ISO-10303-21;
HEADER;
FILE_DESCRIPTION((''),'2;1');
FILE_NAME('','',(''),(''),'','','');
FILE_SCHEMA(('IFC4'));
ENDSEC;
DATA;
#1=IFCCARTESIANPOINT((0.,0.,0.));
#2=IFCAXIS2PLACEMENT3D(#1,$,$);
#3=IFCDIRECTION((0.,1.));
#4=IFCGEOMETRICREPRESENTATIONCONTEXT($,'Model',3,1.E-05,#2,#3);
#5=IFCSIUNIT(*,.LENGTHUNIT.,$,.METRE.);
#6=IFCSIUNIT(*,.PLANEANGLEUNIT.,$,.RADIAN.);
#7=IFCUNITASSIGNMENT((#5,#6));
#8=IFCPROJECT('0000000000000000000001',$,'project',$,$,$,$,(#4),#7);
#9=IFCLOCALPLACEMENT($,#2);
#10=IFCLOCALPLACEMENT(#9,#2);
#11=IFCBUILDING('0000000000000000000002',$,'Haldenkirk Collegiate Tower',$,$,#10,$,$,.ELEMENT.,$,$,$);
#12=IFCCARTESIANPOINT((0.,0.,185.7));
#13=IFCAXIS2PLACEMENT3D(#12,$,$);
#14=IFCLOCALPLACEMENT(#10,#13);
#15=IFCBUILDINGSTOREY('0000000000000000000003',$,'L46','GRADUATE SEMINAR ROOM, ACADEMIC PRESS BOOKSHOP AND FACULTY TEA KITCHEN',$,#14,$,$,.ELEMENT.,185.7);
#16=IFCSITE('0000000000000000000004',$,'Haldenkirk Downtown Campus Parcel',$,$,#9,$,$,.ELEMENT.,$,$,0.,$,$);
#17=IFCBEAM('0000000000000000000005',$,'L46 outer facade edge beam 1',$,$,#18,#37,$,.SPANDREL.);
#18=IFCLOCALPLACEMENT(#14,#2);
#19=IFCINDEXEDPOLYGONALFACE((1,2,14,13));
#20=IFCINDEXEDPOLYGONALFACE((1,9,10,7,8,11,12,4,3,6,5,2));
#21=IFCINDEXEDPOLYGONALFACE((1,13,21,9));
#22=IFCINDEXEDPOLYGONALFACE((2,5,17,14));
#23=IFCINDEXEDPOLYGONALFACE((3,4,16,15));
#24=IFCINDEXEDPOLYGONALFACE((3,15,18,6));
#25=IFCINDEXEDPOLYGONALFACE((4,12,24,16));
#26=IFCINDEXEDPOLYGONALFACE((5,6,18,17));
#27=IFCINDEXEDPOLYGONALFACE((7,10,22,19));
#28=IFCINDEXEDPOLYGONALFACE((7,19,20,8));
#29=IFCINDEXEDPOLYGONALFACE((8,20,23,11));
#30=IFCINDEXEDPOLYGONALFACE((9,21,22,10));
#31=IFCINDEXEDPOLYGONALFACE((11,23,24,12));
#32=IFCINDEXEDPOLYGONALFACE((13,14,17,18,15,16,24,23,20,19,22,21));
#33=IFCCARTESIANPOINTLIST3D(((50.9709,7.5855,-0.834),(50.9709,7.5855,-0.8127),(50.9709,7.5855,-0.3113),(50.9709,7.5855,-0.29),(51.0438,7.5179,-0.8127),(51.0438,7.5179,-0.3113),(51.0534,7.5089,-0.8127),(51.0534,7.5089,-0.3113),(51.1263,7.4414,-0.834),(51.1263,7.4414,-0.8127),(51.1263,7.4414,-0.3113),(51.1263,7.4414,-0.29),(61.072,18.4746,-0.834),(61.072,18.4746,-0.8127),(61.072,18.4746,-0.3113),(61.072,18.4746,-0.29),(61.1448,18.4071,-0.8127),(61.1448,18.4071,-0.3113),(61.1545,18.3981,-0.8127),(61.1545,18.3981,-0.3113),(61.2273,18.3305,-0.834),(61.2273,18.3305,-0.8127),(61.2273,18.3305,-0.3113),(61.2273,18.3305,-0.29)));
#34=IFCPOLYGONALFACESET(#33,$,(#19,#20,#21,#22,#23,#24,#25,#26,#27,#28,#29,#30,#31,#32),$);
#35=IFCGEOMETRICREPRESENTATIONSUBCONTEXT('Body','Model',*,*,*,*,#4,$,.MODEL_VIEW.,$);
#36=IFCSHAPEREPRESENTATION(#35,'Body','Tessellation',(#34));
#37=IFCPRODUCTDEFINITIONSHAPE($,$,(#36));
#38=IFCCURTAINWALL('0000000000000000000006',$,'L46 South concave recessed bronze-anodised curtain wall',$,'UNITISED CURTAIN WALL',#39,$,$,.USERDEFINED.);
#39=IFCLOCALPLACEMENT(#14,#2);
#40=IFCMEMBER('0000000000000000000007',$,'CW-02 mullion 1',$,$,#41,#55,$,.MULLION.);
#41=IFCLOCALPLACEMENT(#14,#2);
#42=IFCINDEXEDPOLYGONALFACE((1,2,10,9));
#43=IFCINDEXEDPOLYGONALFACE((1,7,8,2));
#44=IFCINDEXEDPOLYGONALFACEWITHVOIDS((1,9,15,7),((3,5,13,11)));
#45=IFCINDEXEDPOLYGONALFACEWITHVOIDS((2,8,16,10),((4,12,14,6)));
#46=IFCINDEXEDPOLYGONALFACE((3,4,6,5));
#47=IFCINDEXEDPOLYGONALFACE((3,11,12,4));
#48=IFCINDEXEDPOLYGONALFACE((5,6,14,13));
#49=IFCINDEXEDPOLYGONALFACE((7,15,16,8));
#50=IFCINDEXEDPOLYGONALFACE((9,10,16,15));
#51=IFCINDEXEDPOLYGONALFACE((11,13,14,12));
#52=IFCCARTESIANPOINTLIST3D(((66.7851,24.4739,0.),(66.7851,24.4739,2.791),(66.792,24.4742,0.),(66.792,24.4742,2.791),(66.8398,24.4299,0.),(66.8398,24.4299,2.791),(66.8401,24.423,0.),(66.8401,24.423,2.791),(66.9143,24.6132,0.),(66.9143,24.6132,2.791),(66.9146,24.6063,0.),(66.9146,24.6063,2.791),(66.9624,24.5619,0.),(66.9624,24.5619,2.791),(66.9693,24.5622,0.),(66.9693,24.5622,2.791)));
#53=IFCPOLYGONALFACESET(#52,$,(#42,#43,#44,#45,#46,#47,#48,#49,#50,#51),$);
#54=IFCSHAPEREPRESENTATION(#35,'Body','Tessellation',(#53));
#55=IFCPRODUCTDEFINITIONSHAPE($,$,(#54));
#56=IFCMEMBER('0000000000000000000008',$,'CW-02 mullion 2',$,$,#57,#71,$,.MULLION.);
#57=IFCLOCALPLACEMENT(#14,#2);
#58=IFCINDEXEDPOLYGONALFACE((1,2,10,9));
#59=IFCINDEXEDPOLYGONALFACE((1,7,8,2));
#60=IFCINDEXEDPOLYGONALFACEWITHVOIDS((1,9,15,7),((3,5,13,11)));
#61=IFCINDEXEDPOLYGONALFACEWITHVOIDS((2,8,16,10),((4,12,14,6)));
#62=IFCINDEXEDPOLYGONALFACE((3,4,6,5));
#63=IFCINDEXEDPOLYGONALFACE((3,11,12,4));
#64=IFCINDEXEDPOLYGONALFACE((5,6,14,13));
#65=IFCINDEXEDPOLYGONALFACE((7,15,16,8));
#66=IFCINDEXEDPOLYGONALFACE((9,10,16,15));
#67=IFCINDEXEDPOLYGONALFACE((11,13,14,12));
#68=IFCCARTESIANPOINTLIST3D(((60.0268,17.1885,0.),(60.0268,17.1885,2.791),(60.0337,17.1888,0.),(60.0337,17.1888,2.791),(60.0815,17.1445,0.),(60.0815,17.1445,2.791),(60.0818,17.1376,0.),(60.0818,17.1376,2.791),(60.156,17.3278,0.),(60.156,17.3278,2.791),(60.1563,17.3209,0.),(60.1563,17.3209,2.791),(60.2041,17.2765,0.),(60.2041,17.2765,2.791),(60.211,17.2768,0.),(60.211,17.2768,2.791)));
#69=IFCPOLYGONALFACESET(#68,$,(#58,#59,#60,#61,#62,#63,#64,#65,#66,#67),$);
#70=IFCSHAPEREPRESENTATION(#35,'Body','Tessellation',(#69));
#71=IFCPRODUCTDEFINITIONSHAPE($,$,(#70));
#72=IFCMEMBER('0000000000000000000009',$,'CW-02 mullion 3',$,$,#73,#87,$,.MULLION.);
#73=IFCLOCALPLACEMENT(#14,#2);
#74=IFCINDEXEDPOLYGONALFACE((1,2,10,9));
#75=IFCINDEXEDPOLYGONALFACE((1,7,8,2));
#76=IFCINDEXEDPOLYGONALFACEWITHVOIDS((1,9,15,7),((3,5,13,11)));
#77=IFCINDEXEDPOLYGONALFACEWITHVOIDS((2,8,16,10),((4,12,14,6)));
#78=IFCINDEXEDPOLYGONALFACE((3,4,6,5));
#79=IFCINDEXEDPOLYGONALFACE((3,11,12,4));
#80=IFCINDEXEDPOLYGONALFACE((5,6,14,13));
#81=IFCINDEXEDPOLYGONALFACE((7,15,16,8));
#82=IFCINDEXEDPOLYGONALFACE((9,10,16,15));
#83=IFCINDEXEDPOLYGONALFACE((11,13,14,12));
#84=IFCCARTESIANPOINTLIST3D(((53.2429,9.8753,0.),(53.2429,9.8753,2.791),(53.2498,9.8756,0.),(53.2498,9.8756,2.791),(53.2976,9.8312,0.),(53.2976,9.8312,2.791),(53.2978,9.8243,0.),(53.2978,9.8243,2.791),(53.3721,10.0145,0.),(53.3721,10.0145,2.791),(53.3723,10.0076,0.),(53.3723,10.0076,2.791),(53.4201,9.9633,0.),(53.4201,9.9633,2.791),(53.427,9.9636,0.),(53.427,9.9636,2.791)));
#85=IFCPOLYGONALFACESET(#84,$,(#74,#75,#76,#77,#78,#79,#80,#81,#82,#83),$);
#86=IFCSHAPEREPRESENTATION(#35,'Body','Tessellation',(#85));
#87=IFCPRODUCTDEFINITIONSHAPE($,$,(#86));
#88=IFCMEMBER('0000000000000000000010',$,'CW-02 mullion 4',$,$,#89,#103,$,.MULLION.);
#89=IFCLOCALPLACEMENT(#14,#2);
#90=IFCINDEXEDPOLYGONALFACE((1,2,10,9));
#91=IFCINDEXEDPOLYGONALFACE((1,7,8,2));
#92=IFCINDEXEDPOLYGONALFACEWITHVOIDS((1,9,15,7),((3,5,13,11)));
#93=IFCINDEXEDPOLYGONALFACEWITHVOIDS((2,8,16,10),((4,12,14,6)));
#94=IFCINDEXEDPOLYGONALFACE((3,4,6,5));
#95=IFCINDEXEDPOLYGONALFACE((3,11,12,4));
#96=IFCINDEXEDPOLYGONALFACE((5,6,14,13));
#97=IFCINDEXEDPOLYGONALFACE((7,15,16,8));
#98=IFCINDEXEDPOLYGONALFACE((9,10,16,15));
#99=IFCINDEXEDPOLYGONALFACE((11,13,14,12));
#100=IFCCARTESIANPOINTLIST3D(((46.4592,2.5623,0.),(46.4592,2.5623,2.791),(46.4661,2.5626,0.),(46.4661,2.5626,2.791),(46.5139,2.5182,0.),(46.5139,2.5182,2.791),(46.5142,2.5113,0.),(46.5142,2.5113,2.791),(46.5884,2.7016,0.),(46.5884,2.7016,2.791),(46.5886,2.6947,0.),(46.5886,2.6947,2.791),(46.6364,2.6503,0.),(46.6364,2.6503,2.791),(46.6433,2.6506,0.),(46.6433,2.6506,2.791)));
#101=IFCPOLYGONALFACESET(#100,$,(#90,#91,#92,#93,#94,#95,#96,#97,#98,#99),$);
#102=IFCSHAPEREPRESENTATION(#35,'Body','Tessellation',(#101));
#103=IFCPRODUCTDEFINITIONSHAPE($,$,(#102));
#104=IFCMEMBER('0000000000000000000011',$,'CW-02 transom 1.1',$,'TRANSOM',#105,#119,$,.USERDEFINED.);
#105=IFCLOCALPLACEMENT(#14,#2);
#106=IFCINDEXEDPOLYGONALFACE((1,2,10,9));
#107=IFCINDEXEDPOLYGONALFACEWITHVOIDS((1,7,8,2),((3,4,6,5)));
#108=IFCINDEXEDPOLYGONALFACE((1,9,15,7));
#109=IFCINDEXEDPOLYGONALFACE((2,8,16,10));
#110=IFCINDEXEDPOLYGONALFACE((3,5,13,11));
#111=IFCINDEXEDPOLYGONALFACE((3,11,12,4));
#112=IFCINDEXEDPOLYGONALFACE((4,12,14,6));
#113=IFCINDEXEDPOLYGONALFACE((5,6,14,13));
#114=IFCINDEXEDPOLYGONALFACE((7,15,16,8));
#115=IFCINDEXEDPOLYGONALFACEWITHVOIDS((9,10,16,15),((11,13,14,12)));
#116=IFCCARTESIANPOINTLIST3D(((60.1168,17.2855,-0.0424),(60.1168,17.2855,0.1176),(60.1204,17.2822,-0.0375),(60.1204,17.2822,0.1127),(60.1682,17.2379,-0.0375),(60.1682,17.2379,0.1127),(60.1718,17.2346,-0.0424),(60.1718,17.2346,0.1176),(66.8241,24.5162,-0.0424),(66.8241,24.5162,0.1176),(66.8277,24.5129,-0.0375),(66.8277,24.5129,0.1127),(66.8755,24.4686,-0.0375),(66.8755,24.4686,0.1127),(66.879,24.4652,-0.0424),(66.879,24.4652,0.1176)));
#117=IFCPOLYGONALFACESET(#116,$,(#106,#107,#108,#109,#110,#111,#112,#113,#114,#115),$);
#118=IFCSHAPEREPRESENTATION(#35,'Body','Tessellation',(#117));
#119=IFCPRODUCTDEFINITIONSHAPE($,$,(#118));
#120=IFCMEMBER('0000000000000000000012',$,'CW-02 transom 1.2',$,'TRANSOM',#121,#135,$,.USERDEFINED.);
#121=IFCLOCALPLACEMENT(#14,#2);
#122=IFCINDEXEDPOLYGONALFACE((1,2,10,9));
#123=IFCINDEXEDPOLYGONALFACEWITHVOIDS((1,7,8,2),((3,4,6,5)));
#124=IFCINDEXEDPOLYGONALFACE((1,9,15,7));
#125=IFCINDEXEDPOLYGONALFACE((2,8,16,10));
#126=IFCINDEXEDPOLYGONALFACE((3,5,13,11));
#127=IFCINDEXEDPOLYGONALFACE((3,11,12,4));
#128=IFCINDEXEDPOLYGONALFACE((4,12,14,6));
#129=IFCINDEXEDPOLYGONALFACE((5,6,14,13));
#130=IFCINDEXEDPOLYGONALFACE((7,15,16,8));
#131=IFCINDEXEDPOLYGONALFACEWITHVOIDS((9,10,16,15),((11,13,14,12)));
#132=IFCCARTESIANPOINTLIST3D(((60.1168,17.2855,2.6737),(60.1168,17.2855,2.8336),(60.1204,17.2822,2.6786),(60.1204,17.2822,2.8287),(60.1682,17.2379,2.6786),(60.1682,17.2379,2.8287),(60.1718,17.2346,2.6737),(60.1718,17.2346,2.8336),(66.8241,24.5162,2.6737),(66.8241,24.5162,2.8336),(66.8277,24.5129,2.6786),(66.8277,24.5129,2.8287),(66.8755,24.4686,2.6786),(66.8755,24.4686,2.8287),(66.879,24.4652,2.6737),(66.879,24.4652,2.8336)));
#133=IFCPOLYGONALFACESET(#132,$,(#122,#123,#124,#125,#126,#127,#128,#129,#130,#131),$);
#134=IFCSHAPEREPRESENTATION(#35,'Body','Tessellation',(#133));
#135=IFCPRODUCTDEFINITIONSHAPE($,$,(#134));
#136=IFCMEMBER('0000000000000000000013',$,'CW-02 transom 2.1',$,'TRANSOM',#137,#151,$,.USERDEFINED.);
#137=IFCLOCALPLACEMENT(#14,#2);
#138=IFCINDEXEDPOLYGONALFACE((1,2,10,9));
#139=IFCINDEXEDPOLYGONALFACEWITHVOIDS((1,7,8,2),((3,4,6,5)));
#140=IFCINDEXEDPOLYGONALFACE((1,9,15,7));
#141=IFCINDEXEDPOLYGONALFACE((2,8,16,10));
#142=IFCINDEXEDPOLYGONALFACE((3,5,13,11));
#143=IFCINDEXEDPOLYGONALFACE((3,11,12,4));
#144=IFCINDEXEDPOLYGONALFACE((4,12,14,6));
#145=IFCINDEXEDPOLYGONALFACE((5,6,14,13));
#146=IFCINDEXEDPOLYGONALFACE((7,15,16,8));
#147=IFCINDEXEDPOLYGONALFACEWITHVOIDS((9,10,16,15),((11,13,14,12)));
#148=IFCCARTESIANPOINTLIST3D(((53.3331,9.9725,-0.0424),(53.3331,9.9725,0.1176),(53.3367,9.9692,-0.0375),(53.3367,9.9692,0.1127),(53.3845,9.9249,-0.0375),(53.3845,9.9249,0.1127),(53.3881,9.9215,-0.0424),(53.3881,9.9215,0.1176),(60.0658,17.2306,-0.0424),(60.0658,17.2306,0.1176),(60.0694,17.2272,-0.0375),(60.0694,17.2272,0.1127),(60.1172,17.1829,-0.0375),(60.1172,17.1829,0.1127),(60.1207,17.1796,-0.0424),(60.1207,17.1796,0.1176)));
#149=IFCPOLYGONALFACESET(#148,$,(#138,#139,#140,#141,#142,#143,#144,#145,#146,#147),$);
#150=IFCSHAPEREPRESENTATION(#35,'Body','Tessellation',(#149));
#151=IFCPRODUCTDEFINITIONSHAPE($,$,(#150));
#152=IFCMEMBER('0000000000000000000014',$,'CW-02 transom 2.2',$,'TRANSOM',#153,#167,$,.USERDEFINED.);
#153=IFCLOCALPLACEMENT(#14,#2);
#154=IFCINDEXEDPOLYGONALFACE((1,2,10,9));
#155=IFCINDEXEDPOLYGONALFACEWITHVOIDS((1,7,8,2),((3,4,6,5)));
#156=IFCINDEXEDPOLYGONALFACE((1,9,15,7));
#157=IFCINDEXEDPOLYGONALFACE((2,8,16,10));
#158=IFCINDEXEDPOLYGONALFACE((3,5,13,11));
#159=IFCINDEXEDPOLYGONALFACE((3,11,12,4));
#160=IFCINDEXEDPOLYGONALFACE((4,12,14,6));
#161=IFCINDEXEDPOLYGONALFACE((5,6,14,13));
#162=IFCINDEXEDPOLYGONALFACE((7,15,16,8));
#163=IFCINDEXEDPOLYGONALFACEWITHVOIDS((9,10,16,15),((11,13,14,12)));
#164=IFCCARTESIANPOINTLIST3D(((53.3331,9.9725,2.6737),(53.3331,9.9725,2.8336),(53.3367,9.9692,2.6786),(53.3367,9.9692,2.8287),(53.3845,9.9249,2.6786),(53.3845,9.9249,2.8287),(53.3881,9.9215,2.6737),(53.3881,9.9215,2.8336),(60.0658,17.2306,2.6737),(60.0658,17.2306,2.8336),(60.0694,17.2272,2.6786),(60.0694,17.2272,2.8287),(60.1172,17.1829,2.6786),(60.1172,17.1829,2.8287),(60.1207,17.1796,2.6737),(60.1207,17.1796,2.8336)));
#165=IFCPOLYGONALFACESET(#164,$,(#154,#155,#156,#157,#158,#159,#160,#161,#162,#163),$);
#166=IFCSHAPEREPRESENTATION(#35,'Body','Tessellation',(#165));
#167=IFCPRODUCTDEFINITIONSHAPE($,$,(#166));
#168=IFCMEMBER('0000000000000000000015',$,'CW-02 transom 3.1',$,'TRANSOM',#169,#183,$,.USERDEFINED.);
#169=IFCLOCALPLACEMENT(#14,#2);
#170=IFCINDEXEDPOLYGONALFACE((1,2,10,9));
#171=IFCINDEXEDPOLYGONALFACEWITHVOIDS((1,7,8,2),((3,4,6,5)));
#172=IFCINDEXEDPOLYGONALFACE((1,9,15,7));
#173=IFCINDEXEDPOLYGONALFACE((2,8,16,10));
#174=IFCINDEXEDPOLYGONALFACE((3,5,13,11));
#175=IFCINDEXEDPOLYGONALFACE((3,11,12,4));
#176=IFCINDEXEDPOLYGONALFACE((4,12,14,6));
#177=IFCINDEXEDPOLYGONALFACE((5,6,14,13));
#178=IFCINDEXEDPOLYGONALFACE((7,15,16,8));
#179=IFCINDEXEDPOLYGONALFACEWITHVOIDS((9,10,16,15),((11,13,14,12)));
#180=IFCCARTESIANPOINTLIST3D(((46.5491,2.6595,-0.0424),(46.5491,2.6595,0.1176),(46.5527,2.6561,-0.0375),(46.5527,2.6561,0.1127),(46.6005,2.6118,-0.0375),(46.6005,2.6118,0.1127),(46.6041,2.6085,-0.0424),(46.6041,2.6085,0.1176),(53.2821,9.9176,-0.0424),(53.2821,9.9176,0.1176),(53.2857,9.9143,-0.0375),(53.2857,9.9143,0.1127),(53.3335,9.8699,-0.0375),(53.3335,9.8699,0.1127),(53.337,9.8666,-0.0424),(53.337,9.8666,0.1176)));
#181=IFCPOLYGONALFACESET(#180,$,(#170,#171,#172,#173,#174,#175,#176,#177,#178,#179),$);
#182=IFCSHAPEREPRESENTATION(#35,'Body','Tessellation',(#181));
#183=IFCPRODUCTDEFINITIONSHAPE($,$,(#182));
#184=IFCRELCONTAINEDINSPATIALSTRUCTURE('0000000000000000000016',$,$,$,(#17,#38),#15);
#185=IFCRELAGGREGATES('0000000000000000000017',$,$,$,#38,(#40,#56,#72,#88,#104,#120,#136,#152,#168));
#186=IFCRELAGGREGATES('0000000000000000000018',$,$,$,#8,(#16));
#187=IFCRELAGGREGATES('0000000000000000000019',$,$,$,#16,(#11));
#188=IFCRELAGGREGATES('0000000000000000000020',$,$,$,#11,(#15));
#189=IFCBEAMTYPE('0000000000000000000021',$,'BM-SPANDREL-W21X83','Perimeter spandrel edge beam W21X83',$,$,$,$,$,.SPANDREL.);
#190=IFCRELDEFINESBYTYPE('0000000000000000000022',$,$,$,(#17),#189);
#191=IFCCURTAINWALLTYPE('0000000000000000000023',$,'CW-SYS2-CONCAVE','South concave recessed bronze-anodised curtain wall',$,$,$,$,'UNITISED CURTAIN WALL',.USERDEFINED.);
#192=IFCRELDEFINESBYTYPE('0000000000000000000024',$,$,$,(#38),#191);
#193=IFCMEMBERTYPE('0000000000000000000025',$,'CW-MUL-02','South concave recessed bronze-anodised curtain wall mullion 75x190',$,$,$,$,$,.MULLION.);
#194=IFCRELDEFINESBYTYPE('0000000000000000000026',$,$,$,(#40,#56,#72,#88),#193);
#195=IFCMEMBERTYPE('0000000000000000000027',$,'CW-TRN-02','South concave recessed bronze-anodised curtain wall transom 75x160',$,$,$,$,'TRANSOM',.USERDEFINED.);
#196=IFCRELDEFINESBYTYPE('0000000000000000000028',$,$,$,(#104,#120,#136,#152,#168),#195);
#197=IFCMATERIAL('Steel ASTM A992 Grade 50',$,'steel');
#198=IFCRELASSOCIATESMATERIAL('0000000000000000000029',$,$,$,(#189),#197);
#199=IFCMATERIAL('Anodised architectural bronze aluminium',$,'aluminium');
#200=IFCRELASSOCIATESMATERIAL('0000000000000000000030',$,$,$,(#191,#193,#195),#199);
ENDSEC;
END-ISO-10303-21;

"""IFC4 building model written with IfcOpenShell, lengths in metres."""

from ifc_helpers import new_model, si_unit, direction, frame, origin, origin_2d, place, context, subcontext, project, spatial, hollow_rectangle, i_section, extrude, material, material_profile, profile_set, type_object, element, aggregate, save


model = new_model("IFC4")

# Units and contexts
model_context = context("Model", 3, precision=1e-05, world=origin(), true_north=direction((0.0, 1.0)))
body_context = subcontext(model_context, "Body", "Model", "MODEL_VIEW")
ifc_project = project(units=[si_unit("LENGTHUNIT", "METRE"), si_unit("PLANEANGLEUNIT", "RADIAN")], contexts=[model_context])

# Site, building, storey
site_placement = place(None, origin())
site = spatial("IfcSite", under=ifc_project, at=site_placement, Name="Haldenkirk Downtown Campus Parcel", CompositionType="ELEMENT", RefElevation=0.0)
building_placement = place(site_placement, origin())
building = spatial("IfcBuilding", under=site, at=building_placement, Name="Haldenkirk Collegiate Tower", CompositionType="ELEMENT")
storey_placement = place(building_placement, frame((0.0, 0.0, 185.7)))
storey = spatial("IfcBuildingStorey", under=building, at=storey_placement, Name="L46", Description="GRADUATE SEMINAR ROOM, ACADEMIC PRESS BOOKSHOP AND FACULTY TEA KITCHEN", CompositionType="ELEMENT", Elevation=185.7)

# Beam
ifc_material_1 = material(Name="Steel ASTM A992 Grade 50", Category="steel")
ifc_material_profile_1 = material_profile(ifc_material_1, i_section(OverallWidth=0.2119, OverallDepth=0.5439, WebThickness=0.0132, FlangeThickness=0.0212, at=origin_2d()), Name="W21X83")
ifc_profile_set_1 = profile_set([ifc_material_profile_1], Name="Steel ASTM A992 Grade 50")
beam_type_1 = type_object("IfcBeamType", Name="BM-SPANDREL-W21X83", Description="Perimeter spandrel edge beam W21X83", PredefinedType="SPANDREL", material=ifc_profile_set_1)
beam_1_placement = place(storey_placement, frame((51.0486, 7.5134, -0.562), z_axis=(0.680079, 0.733139, 0.0), x_axis=(-0.733139, 0.680079, 0.0)))
element("IfcBeam", 1, at=beam_1_placement, inside=storey, type_object=beam_type_1, Name="L46 outer facade edge beam 1", PredefinedType="SPANDREL", context=body_context, shape_type="SweptSolid", body=[
    extrude(i_section(OverallWidth=0.2119, OverallDepth=0.5439, WebThickness=0.0132, FlangeThickness=0.0212, at=origin_2d()), origin(), (0.0, 0.0, 1.0), 14.8528),
])

# Curtain wall, members
ifc_material_2 = material(Name="Anodised architectural bronze aluminium", Category="aluminium")
curtain_wall_type = type_object("IfcCurtainWallType", Name="CW-SYS2-CONCAVE", Description="South concave recessed bronze-anodised curtain wall", ElementType="UNITISED CURTAIN WALL", PredefinedType="USERDEFINED", material=ifc_material_2)
curtain_wall_placement = place(storey_placement, origin())
curtain_wall = element("IfcCurtainWall", 2, at=curtain_wall_placement, inside=storey, type_object=curtain_wall_type, Name="L46 South concave recessed bronze-anodised curtain wall", ObjectType="UNITISED CURTAIN WALL", PredefinedType="USERDEFINED")
ifc_material_profile_2 = material_profile(ifc_material_2, hollow_rectangle(XDim=0.075, YDim=0.1899, WallThickness=0.0049, at=origin_2d()), Name="CW-MUL-02")
ifc_profile_set_2 = profile_set([ifc_material_profile_2], Name="Anodised architectural bronze aluminium")
member_type_1 = type_object("IfcMemberType", Name="CW-MUL-02", Description="South concave recessed bronze-anodised curtain wall mullion 75x190", PredefinedType="MULLION", material=ifc_profile_set_2)
member_1_placement = place(storey_placement, frame((66.8772, 24.5181, 0.0), z_axis=(0.0, 0.0, 1.0), x_axis=(0.733138, -0.68008, 0.0)))
member_1 = element("IfcMember", 3, at=member_1_placement, type_object=member_type_1, Name="CW-02 mullion 1", PredefinedType="MULLION", context=body_context, shape_type="SweptSolid", body=[
    extrude(hollow_rectangle(XDim=0.075, YDim=0.1899, WallThickness=0.0049, at=origin_2d()), origin(), (0.0, 0.0, 1.0), 2.791),
])
member_2_placement = place(storey_placement, frame((60.1189, 17.2327, 0.0), z_axis=(0.0, 0.0, 1.0), x_axis=(0.733138, -0.68008, 0.0)))
member_2 = element("IfcMember", 4, at=member_2_placement, type_object=member_type_1, Name="CW-02 mullion 2", PredefinedType="MULLION", context=body_context, shape_type="SweptSolid", body=[
    extrude(hollow_rectangle(XDim=0.075, YDim=0.1899, WallThickness=0.0049, at=origin_2d()), origin(), (0.0, 0.0, 1.0), 2.791),
])
member_3_placement = place(storey_placement, frame((53.335, 9.9194, 0.0), z_axis=(0.0, 0.0, 1.0), x_axis=(0.733138, -0.68008, 0.0)))
member_3 = element("IfcMember", 5, at=member_3_placement, type_object=member_type_1, Name="CW-02 mullion 3", PredefinedType="MULLION", context=body_context, shape_type="SweptSolid", body=[
    extrude(hollow_rectangle(XDim=0.075, YDim=0.1899, WallThickness=0.0049, at=origin_2d()), origin(), (0.0, 0.0, 1.0), 2.791),
])
member_4_placement = place(storey_placement, frame((46.5513, 2.6064, 0.0), z_axis=(0.0, 0.0, 1.0), x_axis=(0.733138, -0.68008, 0.0)))
member_4 = element("IfcMember", 6, at=member_4_placement, type_object=member_type_1, Name="CW-02 mullion 4", PredefinedType="MULLION", context=body_context, shape_type="SweptSolid", body=[
    extrude(hollow_rectangle(XDim=0.075, YDim=0.1899, WallThickness=0.0049, at=origin_2d()), origin(), (0.0, 0.0, 1.0), 2.791),
])
ifc_material_profile_3 = material_profile(ifc_material_2, hollow_rectangle(XDim=0.075, YDim=0.1599, WallThickness=0.0049, at=origin_2d()), Name="CW-TRN-02")
ifc_profile_set_3 = profile_set([ifc_material_profile_3], Name="Anodised architectural bronze aluminium")
member_type_2 = type_object("IfcMemberType", Name="CW-TRN-02", Description="South concave recessed bronze-anodised curtain wall transom 75x160", ElementType="TRANSOM", PredefinedType="USERDEFINED", material=ifc_profile_set_3)
member_5_placement = place(storey_placement, frame((66.8516, 24.4907, 0.0376), z_axis=(-0.680072, -0.733145, 0.0), x_axis=(0.733145, -0.680072, 0.0)))
member_5 = element("IfcMember", 7, at=member_5_placement, type_object=member_type_2, Name="CW-02 transom 1.1", ObjectType="TRANSOM", PredefinedType="USERDEFINED", context=body_context, shape_type="SweptSolid", body=[
    extrude(hollow_rectangle(XDim=0.075, YDim=0.1599, WallThickness=0.0049, at=origin_2d()), origin(), (0.0, 0.0, 1.0), 9.8625),
])
member_6_placement = place(storey_placement, frame((66.8516, 24.4907, 2.7537), z_axis=(-0.680072, -0.733145, 0.0), x_axis=(0.733145, -0.680072, 0.0)))
member_6 = element("IfcMember", 8, at=member_6_placement, type_object=member_type_2, Name="CW-02 transom 1.2", ObjectType="TRANSOM", PredefinedType="USERDEFINED", context=body_context, shape_type="SweptSolid", body=[
    extrude(hollow_rectangle(XDim=0.075, YDim=0.1599, WallThickness=0.0049, at=origin_2d()), origin(), (0.0, 0.0, 1.0), 9.8625),
])
member_7_placement = place(storey_placement, frame((60.0933, 17.2051, 0.0376), z_axis=(-0.680074, -0.733144, 0.0), x_axis=(0.733144, -0.680074, 0.0)))
member_7 = element("IfcMember", 9, at=member_7_placement, type_object=member_type_2, Name="CW-02 transom 2.1", ObjectType="TRANSOM", PredefinedType="USERDEFINED", context=body_context, shape_type="SweptSolid", body=[
    extrude(hollow_rectangle(XDim=0.075, YDim=0.1599, WallThickness=0.0049, at=origin_2d()), origin(), (0.0, 0.0, 1.0), 9.8999),
])
member_8_placement = place(storey_placement, frame((60.0933, 17.2051, 2.7537), z_axis=(-0.680074, -0.733144, 0.0), x_axis=(0.733144, -0.680074, 0.0)))
member_8 = element("IfcMember", 10, at=member_8_placement, type_object=member_type_2, Name="CW-02 transom 2.2", ObjectType="TRANSOM", PredefinedType="USERDEFINED", context=body_context, shape_type="SweptSolid", body=[
    extrude(hollow_rectangle(XDim=0.075, YDim=0.1599, WallThickness=0.0049, at=origin_2d()), origin(), (0.0, 0.0, 1.0), 9.8999),
])
member_9_placement = place(storey_placement, frame((53.3096, 9.8921, 0.0376), z_axis=(-0.680087, -0.733132, 0.0), x_axis=(0.733132, -0.680087, 0.0)))
member_9 = element("IfcMember", 11, at=member_9_placement, type_object=member_type_2, Name="CW-02 transom 3.1", ObjectType="TRANSOM", PredefinedType="USERDEFINED", context=body_context, shape_type="SweptSolid", body=[
    extrude(hollow_rectangle(XDim=0.075, YDim=0.1599, WallThickness=0.0049, at=origin_2d()), origin(), (0.0, 0.0, 1.0), 9.9001),
])
aggregate(curtain_wall, [member_1, member_2, member_3, member_4, member_5, member_6, member_7, member_8, member_9])

save(model, "model.ifc")
